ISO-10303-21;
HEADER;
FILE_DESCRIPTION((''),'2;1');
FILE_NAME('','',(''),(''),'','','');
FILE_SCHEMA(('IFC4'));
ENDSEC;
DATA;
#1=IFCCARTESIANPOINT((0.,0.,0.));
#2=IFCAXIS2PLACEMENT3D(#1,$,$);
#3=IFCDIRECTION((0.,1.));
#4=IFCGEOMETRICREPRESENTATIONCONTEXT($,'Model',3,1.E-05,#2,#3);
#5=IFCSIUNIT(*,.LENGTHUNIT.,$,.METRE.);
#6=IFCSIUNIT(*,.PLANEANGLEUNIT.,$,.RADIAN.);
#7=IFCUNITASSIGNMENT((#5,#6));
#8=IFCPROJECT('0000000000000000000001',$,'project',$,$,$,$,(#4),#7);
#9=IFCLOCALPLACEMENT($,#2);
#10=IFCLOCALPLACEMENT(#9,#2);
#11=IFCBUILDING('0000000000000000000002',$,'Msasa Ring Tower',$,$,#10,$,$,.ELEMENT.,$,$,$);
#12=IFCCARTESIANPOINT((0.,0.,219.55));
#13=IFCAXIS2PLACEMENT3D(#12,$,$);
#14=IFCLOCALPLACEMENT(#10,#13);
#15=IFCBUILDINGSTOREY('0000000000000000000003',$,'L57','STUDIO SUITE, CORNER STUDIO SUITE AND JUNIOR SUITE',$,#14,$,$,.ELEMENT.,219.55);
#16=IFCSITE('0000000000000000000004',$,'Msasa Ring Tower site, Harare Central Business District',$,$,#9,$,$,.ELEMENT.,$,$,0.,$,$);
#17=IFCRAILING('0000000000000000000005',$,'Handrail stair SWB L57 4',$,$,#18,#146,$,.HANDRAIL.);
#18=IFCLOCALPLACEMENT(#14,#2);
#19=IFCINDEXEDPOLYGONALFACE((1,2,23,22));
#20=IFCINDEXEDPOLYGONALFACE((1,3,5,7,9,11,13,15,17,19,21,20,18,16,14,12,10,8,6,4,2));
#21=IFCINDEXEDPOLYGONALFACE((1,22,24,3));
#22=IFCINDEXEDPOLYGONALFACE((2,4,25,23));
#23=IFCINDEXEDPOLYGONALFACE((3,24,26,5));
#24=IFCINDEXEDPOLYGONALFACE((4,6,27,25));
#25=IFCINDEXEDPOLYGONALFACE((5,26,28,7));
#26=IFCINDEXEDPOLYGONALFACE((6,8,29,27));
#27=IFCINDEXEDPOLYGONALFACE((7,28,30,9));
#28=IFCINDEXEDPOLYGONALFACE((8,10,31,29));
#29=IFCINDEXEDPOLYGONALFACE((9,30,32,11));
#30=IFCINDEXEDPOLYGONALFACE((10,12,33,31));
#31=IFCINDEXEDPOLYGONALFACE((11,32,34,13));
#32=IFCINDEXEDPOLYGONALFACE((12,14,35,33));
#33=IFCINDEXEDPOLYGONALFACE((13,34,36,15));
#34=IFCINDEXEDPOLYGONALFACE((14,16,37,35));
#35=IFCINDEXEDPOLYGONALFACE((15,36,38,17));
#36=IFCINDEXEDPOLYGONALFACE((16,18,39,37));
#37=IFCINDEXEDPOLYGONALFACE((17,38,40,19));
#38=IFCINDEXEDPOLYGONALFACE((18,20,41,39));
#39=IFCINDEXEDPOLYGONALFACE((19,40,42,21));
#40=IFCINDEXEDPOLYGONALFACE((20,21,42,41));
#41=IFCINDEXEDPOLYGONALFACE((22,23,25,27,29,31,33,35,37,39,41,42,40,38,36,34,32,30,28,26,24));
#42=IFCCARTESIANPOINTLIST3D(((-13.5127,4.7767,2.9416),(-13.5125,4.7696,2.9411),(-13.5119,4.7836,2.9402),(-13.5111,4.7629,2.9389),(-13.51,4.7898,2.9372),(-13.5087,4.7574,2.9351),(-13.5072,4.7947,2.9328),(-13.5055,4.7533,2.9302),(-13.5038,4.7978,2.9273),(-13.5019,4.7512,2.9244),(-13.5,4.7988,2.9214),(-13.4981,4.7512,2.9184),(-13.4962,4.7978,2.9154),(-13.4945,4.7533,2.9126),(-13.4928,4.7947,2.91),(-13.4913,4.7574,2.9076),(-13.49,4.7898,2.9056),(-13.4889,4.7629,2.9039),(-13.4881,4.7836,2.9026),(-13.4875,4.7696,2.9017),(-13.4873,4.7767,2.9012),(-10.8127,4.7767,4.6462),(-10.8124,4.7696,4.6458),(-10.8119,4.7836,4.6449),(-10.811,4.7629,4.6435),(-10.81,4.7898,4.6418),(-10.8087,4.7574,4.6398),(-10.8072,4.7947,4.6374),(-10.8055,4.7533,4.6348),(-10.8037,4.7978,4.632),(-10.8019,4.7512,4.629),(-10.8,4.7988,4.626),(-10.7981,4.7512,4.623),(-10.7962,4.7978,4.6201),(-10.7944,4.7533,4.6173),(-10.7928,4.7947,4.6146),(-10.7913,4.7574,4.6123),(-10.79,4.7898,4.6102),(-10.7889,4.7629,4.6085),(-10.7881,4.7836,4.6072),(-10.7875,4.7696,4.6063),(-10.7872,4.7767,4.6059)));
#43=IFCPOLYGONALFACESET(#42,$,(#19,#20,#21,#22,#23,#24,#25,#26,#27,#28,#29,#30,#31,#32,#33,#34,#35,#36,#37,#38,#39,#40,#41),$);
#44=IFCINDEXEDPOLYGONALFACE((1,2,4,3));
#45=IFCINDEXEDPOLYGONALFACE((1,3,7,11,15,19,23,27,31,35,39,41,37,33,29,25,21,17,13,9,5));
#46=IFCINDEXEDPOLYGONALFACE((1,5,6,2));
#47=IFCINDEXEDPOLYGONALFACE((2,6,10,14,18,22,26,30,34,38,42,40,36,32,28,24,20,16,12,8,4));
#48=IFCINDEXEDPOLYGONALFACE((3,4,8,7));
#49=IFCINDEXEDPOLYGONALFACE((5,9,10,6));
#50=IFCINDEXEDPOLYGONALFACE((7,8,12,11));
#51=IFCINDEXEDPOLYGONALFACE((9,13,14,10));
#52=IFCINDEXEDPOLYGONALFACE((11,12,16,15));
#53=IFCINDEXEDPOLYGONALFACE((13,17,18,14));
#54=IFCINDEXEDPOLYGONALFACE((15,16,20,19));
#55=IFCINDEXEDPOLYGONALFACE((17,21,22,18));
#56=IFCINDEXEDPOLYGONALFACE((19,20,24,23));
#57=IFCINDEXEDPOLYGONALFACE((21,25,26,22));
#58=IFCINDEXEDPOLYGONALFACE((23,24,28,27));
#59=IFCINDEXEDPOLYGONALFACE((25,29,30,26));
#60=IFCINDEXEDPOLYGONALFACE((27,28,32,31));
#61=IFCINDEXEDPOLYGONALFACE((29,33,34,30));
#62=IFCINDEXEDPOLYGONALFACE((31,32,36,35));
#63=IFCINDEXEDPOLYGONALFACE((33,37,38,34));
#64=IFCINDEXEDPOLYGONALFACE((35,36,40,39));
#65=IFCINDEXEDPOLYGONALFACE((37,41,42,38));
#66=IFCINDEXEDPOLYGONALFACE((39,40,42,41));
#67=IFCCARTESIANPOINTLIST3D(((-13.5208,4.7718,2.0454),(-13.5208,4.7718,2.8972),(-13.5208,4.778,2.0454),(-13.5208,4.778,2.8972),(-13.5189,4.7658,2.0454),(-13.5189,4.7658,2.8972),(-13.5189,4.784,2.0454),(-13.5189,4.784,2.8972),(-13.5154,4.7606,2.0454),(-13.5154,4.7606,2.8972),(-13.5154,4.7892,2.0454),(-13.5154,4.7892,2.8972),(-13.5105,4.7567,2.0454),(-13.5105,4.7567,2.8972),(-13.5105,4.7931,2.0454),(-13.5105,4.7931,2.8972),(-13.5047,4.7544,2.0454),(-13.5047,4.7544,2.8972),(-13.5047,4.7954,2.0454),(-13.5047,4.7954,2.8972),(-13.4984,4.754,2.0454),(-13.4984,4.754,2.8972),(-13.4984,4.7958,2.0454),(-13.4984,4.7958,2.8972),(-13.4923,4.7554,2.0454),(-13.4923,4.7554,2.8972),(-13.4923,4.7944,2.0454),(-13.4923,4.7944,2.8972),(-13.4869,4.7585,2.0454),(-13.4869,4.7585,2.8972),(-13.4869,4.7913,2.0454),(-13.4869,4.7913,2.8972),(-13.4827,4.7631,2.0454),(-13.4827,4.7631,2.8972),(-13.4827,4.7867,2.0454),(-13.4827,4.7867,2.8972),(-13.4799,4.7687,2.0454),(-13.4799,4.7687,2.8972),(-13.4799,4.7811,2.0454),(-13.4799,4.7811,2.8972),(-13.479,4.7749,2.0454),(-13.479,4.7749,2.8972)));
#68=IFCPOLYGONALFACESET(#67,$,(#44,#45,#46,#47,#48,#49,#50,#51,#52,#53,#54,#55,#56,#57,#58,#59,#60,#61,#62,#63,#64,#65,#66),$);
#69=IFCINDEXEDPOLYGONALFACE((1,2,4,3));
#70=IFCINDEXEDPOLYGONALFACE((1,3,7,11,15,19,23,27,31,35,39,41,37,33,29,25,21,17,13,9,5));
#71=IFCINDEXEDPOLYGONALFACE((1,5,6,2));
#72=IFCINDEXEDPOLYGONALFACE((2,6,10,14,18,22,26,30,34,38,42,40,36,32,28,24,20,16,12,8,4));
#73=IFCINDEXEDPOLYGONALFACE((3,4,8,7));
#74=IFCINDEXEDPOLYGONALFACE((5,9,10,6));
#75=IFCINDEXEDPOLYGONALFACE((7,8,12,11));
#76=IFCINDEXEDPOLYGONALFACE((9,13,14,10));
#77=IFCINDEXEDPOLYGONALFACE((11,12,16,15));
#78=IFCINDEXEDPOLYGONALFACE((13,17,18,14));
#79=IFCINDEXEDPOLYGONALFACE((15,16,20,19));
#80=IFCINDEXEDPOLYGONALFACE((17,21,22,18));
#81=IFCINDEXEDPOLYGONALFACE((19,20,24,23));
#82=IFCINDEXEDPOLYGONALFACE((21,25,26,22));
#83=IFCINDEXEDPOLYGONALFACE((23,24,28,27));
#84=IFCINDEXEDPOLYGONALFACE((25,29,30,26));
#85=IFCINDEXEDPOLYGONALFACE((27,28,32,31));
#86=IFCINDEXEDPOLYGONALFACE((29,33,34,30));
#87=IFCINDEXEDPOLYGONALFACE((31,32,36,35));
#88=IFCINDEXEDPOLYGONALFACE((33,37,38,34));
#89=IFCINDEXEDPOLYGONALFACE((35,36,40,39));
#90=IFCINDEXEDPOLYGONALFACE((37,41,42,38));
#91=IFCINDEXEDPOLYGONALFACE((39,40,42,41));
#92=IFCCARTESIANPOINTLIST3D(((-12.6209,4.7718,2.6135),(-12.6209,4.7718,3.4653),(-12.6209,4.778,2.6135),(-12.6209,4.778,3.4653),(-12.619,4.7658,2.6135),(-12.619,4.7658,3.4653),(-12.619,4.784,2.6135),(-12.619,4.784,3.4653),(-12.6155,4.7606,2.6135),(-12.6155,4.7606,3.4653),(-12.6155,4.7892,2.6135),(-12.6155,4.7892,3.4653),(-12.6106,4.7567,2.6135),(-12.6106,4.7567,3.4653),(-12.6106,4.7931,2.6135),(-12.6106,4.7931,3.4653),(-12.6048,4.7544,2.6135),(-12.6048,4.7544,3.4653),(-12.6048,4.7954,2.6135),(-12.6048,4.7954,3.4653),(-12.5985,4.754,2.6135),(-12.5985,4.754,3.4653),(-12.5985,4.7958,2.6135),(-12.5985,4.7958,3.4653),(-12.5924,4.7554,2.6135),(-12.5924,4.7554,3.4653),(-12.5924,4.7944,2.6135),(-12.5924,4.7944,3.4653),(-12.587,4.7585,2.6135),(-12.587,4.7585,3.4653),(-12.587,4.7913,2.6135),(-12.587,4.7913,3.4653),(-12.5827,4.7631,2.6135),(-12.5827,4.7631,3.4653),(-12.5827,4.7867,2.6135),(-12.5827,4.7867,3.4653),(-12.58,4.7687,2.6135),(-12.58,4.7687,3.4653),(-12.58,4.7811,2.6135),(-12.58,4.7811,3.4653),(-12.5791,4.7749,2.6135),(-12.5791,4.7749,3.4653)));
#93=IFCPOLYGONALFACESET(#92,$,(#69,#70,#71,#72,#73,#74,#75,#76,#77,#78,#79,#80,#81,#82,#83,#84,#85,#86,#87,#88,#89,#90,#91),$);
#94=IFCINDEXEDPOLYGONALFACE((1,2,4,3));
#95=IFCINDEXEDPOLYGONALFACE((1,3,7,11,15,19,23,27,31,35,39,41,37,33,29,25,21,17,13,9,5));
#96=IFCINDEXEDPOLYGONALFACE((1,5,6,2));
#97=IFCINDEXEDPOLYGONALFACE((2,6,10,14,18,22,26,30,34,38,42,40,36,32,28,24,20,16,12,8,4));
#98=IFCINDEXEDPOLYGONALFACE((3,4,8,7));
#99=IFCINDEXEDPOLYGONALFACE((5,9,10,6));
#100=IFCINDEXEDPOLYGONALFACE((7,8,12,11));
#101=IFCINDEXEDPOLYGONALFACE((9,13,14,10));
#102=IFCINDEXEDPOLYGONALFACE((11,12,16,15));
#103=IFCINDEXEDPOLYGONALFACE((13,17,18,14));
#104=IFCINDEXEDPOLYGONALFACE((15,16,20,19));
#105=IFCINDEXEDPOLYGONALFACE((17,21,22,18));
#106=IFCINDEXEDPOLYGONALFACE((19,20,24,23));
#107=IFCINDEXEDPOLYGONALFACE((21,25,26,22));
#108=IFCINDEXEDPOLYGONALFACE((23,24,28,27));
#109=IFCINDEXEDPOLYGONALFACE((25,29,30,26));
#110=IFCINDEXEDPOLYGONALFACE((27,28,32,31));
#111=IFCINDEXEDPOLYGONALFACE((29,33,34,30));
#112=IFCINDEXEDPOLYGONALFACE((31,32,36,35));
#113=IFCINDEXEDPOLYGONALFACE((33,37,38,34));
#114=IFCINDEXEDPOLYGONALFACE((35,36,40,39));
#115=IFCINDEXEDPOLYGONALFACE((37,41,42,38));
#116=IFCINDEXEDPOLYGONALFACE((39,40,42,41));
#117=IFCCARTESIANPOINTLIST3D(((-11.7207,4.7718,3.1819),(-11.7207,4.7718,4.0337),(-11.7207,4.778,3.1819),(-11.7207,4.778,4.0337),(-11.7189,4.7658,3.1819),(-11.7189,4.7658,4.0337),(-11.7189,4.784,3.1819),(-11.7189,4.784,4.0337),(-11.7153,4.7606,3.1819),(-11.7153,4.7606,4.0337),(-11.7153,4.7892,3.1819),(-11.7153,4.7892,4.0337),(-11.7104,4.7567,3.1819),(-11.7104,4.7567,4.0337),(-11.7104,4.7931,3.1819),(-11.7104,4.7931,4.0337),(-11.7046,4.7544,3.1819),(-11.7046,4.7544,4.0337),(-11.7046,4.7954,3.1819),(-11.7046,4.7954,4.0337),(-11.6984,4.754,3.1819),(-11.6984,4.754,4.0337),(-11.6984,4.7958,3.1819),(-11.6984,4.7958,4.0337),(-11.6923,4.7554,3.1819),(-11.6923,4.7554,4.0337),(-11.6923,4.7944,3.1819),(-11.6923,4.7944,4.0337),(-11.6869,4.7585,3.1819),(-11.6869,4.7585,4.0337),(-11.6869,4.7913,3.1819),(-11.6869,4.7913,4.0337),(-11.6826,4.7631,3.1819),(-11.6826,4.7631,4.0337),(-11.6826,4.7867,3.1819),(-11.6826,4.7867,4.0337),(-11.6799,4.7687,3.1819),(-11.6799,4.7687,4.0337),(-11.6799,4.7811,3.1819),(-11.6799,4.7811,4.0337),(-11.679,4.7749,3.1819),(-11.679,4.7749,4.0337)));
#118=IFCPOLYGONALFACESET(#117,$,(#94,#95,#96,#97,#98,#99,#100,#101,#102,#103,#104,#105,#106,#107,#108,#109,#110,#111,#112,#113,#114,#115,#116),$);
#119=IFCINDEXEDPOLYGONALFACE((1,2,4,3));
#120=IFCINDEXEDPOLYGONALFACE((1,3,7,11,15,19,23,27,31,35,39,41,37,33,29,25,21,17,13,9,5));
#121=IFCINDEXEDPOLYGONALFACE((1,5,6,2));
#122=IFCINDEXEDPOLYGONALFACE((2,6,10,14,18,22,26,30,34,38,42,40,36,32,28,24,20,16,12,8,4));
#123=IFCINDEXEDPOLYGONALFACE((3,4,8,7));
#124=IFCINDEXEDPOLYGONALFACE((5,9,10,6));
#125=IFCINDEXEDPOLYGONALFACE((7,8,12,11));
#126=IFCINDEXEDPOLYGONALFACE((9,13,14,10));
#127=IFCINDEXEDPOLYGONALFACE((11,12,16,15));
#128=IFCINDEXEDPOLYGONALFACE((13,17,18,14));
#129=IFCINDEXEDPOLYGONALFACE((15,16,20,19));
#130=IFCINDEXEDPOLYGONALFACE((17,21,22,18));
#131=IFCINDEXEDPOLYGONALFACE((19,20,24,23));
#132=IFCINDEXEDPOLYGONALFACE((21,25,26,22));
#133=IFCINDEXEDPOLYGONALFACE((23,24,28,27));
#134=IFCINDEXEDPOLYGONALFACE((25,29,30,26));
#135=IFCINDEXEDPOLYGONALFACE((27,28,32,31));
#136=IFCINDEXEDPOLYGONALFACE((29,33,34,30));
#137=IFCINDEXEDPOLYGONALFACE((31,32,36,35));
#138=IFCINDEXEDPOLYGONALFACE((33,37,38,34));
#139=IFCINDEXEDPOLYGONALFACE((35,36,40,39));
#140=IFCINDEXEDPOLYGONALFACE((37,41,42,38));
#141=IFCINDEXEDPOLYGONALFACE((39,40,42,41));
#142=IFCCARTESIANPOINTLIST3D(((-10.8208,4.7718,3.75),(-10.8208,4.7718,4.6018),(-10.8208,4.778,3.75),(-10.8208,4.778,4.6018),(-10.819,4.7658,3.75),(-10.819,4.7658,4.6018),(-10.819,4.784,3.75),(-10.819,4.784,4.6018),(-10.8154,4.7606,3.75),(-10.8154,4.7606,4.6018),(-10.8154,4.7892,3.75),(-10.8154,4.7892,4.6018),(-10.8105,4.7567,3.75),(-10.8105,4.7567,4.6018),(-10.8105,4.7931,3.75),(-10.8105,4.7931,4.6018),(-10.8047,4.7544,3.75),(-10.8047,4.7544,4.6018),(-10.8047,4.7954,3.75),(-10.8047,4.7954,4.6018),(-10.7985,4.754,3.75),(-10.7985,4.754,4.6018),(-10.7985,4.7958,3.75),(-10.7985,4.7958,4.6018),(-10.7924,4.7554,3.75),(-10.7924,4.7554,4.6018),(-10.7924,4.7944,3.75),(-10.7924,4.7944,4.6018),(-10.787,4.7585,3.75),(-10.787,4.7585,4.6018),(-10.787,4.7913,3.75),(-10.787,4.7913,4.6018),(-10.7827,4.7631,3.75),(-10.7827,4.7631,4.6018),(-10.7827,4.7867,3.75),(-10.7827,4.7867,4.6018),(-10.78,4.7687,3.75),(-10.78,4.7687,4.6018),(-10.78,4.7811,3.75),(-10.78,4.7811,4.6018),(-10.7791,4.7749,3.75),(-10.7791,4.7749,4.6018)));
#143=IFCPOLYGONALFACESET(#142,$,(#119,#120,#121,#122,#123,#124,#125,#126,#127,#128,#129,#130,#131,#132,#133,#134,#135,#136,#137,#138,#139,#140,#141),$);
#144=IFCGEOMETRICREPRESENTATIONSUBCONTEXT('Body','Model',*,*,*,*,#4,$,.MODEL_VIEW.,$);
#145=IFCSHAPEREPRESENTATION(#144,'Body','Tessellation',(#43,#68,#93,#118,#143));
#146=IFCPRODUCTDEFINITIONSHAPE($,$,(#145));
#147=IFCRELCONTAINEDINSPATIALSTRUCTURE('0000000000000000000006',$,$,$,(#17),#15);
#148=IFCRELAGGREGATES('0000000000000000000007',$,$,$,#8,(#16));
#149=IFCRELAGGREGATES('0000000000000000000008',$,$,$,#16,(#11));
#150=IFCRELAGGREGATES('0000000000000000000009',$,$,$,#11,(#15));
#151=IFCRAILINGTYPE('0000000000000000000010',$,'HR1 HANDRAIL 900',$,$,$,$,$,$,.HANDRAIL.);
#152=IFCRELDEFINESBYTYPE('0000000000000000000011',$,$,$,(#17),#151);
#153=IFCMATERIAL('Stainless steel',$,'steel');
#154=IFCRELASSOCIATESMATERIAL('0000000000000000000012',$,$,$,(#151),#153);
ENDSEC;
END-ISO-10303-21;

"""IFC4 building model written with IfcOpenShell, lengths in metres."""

from ifc_helpers import new_model, si_unit, direction, frame, origin, origin_2d, place, context, subcontext, project, spatial, circle, extrude, material, type_object, element, save


model = new_model("IFC4")

# Units and contexts
model_context = context("Model", 3, precision=1e-05, world=origin(), true_north=direction((0.0, 1.0)))
body_context = subcontext(model_context, "Body", "Model", "MODEL_VIEW")
ifc_project = project(units=[si_unit("LENGTHUNIT", "METRE"), si_unit("PLANEANGLEUNIT", "RADIAN")], contexts=[model_context])

# Site, building, storey
site_placement = place(None, origin())
site = spatial("IfcSite", under=ifc_project, at=site_placement, Name="Msasa Ring Tower site, Harare Central Business District", CompositionType="ELEMENT", RefElevation=0.0)
building_placement = place(site_placement, origin())
building = spatial("IfcBuilding", under=site, at=building_placement, Name="Msasa Ring Tower", CompositionType="ELEMENT")
storey_placement = place(building_placement, frame((0.0, 0.0, 219.55)))
storey = spatial("IfcBuildingStorey", under=building, at=storey_placement, Name="L57", Description="STUDIO SUITE, CORNER STUDIO SUITE AND JUNIOR SUITE", CompositionType="ELEMENT", Elevation=219.55)

# Railing
ifc_material_1 = material(Name="Stainless steel", Category="steel")
railing_type = type_object("IfcRailingType", Name="HR1 HANDRAIL 900", PredefinedType="HANDRAIL", material=ifc_material_1)
for number, where, name in (
    (1, (-13.5, 4.7749, 2.0454), "Handrail stair SWB L57 4"),
):
    element("IfcRailing", number, at=place(storey_placement, frame(where)), inside=storey, type_object=railing_type, Name=name, PredefinedType="HANDRAIL", context=body_context, shape_type="SweptSolid", body=[
        extrude(circle(Radius=0.0239, at=origin_2d()), frame((0.0, 0.0, 0.876), z_axis=(0.84558, 0.0, 0.533849), x_axis=(0.0, 1.0, 0.0)), (0.0, 0.0, 1.0), 3.1931),
        extrude(circle(Radius=0.021, at=origin_2d()), origin(), (0.0, 0.0, 1.0), 0.8518),
        extrude(circle(Radius=0.021, at=origin_2d()), frame((0.8999, 0.0, 0.5681)), (0.0, 0.0, 1.0), 0.8518),
        extrude(circle(Radius=0.021, at=origin_2d()), frame((1.8, 0.0, 1.1365)), (0.0, 0.0, 1.0), 0.8518),
        extrude(circle(Radius=0.021, at=origin_2d()), frame((2.7, 0.0, 1.7046)), (0.0, 0.0, 1.0), 0.8518),
    ])

save(model, "model.ifc")
